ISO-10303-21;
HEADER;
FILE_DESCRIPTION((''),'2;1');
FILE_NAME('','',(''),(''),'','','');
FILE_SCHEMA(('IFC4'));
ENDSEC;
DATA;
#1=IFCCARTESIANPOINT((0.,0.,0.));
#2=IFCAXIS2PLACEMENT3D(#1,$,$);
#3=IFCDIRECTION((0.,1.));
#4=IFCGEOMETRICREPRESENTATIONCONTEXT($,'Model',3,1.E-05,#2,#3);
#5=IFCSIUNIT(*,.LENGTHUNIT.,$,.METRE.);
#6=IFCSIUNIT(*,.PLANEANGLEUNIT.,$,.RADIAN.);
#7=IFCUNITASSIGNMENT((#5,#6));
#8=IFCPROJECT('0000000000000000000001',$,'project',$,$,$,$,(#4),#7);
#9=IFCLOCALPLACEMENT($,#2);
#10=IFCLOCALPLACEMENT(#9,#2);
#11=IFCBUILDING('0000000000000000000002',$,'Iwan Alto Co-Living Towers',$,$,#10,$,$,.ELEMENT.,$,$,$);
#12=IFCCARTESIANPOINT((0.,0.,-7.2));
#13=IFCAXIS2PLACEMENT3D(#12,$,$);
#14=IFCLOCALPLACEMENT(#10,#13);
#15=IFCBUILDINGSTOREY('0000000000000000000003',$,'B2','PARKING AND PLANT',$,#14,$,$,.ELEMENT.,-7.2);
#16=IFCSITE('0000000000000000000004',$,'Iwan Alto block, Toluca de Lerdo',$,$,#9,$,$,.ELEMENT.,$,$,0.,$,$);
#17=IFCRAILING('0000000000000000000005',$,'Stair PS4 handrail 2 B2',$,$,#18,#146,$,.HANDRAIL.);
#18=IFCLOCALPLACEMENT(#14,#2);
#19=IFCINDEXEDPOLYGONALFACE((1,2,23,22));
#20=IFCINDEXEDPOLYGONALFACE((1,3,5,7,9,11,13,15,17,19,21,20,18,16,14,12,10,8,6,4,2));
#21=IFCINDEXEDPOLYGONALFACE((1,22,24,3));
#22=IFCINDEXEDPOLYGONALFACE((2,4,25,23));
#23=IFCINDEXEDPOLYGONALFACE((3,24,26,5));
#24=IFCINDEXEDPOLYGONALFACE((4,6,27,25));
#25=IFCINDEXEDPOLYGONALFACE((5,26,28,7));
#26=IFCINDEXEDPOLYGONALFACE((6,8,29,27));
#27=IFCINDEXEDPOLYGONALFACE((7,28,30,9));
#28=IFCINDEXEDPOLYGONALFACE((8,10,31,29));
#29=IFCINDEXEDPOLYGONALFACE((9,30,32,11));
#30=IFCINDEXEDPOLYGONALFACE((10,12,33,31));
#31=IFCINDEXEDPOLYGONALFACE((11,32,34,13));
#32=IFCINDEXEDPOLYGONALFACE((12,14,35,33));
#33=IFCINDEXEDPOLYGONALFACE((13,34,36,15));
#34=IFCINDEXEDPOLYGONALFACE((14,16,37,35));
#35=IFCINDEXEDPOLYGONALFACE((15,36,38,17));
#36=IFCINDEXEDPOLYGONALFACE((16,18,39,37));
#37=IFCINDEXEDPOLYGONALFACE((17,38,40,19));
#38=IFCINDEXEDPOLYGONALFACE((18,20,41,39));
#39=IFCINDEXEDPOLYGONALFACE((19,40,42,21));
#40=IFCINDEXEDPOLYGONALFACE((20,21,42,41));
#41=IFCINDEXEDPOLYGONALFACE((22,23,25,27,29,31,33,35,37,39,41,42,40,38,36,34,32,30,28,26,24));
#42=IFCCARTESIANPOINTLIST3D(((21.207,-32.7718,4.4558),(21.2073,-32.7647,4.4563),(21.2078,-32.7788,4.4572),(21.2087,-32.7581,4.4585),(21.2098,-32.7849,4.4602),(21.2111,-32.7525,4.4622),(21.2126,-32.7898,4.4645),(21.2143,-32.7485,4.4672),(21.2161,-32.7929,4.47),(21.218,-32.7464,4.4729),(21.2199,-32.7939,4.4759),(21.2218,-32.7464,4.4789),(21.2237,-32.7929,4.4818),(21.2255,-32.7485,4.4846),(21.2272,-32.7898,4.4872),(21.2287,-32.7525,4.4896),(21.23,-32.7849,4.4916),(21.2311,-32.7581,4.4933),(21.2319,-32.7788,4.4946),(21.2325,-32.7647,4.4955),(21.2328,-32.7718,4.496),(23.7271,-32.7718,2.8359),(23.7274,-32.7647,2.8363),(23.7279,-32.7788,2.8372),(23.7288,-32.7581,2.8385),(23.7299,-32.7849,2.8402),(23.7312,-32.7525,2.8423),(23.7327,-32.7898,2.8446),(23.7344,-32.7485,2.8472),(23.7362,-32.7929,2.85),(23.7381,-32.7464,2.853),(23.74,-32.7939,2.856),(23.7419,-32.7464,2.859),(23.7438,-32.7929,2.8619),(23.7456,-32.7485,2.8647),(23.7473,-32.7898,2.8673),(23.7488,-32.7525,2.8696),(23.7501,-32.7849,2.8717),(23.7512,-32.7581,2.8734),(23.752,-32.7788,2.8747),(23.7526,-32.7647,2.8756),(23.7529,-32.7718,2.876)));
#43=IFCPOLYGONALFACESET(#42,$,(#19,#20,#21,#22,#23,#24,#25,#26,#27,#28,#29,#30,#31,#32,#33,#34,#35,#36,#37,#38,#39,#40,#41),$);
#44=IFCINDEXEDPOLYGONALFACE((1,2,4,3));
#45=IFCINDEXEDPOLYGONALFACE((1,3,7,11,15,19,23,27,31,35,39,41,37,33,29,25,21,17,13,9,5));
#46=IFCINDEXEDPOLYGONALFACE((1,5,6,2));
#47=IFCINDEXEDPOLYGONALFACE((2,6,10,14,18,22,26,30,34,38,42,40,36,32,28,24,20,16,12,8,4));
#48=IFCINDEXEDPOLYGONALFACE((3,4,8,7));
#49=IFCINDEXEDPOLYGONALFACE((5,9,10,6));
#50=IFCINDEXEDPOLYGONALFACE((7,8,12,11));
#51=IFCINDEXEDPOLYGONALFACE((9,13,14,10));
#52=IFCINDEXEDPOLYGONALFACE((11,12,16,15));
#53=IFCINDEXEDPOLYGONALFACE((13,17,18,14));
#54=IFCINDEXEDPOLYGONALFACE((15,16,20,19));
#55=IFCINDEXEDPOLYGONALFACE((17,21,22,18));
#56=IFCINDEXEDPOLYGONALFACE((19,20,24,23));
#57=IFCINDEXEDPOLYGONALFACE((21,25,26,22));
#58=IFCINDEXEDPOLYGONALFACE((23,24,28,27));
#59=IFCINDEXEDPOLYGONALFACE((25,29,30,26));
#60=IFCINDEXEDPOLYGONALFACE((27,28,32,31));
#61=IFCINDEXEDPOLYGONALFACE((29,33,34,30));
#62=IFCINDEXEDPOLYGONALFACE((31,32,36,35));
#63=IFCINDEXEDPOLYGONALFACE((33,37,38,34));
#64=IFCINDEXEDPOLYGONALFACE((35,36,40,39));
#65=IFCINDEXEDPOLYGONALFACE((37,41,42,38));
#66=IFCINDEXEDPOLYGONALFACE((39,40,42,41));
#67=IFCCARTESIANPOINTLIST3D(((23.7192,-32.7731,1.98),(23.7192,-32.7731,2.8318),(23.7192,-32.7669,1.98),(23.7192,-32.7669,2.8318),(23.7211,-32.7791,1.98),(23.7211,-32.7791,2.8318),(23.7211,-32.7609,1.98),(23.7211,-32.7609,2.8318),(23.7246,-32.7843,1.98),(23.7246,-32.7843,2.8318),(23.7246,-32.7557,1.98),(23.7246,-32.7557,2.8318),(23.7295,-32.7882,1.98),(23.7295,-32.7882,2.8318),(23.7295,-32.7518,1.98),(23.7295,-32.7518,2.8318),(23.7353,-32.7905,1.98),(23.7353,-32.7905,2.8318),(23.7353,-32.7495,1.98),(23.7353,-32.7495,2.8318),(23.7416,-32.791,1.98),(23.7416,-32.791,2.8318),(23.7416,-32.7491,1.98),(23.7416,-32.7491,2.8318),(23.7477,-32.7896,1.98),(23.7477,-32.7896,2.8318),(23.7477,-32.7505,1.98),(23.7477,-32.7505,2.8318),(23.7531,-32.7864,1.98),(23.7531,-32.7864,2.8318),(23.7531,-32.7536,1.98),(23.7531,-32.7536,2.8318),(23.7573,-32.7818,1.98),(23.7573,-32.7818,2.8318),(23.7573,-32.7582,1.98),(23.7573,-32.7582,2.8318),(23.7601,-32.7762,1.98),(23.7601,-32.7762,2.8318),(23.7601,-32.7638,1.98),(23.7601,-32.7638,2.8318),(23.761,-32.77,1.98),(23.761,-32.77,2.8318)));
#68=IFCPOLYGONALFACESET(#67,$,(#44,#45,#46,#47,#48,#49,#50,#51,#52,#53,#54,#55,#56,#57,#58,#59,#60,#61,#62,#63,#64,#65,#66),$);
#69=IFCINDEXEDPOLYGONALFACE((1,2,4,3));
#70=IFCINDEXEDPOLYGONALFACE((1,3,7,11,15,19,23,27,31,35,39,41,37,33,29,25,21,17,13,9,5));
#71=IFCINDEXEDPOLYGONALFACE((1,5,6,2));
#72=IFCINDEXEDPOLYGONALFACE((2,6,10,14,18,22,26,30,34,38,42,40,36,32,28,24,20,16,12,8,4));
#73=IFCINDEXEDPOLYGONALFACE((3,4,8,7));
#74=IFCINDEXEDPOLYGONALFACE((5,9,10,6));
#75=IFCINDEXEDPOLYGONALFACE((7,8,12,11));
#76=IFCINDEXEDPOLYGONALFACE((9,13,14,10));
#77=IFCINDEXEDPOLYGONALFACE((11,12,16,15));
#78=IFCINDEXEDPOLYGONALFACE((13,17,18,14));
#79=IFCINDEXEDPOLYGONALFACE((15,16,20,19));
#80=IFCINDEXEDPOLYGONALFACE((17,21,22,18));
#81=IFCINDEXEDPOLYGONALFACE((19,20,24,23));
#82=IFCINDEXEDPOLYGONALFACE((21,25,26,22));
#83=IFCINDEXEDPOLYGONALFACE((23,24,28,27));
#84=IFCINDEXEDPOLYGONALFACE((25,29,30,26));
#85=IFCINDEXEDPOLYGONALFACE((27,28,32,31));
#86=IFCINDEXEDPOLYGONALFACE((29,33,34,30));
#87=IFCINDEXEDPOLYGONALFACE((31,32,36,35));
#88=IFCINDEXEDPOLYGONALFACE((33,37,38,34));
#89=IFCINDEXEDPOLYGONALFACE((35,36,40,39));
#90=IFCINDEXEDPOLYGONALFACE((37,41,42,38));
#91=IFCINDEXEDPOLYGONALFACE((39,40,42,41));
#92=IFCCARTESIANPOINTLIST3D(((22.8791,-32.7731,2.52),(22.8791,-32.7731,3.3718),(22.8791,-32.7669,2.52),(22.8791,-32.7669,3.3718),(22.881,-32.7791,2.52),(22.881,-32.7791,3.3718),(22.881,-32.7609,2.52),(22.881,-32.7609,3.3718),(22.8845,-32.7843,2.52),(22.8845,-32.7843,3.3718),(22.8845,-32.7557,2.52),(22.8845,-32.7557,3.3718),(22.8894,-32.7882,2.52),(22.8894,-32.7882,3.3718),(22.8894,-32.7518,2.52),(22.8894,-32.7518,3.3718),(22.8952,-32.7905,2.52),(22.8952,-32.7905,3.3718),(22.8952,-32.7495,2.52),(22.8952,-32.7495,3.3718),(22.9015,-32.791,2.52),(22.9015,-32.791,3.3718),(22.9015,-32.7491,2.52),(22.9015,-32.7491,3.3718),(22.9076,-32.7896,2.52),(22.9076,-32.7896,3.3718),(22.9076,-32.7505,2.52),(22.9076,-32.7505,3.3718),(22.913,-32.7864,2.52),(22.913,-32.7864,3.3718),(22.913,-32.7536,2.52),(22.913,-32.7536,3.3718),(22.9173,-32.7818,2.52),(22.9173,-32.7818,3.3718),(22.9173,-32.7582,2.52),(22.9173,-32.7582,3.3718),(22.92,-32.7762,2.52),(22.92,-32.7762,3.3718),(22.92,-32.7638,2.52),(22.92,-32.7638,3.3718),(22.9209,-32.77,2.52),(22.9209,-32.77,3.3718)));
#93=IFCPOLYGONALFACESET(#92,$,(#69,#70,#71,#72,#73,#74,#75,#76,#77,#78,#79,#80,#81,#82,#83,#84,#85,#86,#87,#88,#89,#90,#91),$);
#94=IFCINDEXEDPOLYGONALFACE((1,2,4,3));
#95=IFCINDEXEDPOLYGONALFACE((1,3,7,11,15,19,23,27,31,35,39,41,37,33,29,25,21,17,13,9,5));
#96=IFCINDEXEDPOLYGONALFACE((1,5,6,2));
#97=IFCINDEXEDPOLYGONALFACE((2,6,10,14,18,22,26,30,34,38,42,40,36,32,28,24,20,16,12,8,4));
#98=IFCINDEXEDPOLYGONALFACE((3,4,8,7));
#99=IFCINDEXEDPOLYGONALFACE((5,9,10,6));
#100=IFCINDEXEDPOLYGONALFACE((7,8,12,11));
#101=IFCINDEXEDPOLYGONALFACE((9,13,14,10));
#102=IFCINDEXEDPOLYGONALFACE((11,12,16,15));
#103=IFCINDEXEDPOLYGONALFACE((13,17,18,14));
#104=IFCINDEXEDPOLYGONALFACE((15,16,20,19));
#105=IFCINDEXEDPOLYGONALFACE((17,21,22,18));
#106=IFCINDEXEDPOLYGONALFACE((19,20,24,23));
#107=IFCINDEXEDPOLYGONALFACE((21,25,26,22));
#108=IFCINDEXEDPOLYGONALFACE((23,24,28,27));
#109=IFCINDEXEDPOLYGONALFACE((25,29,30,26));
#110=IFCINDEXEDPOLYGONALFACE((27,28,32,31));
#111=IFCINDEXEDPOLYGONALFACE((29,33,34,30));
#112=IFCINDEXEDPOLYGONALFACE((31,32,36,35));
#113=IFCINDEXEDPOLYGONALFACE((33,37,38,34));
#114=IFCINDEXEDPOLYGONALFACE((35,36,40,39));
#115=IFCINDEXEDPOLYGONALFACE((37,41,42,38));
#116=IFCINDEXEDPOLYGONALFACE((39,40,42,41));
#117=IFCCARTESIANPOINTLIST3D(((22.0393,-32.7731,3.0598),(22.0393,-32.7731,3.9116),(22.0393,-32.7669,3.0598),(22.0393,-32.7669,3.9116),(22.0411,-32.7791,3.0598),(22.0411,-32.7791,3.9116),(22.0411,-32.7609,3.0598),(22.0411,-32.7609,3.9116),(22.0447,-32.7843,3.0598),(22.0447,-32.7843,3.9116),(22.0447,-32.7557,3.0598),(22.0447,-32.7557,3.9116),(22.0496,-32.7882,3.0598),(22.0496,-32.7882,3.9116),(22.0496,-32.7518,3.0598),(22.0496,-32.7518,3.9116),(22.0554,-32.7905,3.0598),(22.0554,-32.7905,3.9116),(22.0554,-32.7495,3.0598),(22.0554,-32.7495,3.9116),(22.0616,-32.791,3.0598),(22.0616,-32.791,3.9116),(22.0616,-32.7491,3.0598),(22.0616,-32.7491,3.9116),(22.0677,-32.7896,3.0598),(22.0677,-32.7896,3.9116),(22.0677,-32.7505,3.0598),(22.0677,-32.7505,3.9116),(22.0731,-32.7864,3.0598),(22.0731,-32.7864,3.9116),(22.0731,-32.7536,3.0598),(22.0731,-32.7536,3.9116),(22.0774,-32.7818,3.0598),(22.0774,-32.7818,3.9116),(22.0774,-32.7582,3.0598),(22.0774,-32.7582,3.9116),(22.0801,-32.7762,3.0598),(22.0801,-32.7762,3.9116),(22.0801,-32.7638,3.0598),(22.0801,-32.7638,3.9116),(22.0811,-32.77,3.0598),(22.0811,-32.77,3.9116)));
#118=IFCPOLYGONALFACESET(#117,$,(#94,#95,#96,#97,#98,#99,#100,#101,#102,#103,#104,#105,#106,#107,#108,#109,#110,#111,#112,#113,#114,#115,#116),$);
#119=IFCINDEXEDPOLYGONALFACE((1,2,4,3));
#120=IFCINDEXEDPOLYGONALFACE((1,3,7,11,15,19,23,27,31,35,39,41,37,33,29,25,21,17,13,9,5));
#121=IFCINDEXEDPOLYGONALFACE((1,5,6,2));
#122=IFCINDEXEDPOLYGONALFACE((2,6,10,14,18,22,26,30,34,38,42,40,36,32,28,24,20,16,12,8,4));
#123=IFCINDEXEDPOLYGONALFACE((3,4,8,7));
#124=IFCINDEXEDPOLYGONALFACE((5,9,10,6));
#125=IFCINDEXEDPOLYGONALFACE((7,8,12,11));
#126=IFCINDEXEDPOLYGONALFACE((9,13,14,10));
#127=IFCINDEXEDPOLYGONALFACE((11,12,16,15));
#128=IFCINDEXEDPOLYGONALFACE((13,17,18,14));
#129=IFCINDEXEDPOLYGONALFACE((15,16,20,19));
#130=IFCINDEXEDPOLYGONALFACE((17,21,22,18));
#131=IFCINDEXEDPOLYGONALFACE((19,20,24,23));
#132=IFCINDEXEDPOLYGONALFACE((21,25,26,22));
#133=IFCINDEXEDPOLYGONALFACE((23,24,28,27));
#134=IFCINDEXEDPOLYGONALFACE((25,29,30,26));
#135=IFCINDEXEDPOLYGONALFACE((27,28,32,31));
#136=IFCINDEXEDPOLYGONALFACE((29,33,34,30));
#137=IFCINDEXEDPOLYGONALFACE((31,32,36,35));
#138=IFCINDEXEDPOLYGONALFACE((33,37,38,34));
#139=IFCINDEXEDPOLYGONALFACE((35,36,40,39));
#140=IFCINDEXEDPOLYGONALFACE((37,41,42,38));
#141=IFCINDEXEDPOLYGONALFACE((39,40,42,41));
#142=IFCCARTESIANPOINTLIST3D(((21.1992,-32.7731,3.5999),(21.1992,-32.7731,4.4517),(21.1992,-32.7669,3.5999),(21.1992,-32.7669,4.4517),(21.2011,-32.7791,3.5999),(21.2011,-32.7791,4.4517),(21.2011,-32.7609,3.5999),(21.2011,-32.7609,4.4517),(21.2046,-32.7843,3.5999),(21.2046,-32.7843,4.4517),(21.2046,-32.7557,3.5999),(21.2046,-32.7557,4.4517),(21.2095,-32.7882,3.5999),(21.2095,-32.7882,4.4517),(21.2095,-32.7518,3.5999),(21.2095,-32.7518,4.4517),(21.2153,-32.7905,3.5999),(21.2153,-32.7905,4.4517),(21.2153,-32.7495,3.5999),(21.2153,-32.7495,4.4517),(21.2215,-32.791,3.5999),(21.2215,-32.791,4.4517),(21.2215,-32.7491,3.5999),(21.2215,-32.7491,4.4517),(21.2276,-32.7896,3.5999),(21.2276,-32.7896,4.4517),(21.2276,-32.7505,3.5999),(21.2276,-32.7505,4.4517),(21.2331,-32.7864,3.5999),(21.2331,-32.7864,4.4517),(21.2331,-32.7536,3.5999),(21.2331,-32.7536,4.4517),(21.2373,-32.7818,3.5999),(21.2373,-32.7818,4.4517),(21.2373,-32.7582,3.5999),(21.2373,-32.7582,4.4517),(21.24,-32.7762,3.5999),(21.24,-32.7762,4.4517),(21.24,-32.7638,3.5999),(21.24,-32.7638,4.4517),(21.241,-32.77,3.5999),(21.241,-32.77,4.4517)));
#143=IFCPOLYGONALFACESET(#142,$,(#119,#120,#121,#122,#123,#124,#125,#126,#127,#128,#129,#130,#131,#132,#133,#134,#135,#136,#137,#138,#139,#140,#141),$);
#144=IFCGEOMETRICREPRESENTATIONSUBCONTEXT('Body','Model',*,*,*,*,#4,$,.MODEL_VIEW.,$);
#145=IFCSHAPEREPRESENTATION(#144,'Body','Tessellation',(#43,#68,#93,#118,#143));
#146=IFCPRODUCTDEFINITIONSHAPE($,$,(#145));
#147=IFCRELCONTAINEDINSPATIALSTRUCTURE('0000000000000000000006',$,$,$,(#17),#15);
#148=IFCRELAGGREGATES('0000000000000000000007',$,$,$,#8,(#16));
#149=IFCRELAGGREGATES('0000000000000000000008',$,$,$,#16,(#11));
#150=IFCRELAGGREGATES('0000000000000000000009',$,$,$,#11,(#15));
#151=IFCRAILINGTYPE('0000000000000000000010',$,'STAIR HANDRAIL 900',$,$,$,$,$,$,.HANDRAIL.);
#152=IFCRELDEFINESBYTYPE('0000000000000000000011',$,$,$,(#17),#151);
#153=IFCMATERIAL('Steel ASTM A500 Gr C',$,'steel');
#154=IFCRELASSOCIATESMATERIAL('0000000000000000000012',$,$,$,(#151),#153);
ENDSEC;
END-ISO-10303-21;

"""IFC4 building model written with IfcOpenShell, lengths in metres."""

from ifc_helpers import new_model, si_unit, direction, frame, origin, origin_2d, place, context, subcontext, project, spatial, circle, extrude, material, type_object, element, save


model = new_model("IFC4")

# Units and contexts
model_context = context("Model", 3, precision=1e-05, world=origin(), true_north=direction((0.0, 1.0)))
body_context = subcontext(model_context, "Body", "Model", "MODEL_VIEW")
ifc_project = project(units=[si_unit("LENGTHUNIT", "METRE"), si_unit("PLANEANGLEUNIT", "RADIAN")], contexts=[model_context])

# Site, building, storey
site_placement = place(None, origin())
site = spatial("IfcSite", under=ifc_project, at=site_placement, Name="Iwan Alto block, Toluca de Lerdo", CompositionType="ELEMENT", RefElevation=0.0)
building_placement = place(site_placement, origin())
building = spatial("IfcBuilding", under=site, at=building_placement, Name="Iwan Alto Co-Living Towers", CompositionType="ELEMENT")
storey_placement = place(building_placement, frame((0.0, 0.0, -7.2)))
storey = spatial("IfcBuildingStorey", under=building, at=storey_placement, Name="B2", Description="PARKING AND PLANT", CompositionType="ELEMENT", Elevation=-7.2)

# Railing
ifc_material_1 = material(Name="Steel ASTM A500 Gr C", Category="steel")
railing_type_1 = type_object("IfcRailingType", Name="STAIR HANDRAIL 900", PredefinedType="HANDRAIL", material=ifc_material_1)
railing_1_placement = place(storey_placement, frame((23.74, -32.77, 1.98)))
element("IfcRailing", 1, at=railing_1_placement, inside=storey, type_object=railing_type_1, Name="Stair PS4 handrail 2 B2", PredefinedType="HANDRAIL", context=body_context, shape_type="SweptSolid", body=[
    extrude(circle(Radius=0.0239, at=origin_2d()), frame((0.0, 0.0, 0.876), z_axis=(-0.8412, 0.0, 0.540725), x_axis=(0.0, -1.0, 0.0)), (0.0, 0.0, 1.0), 2.9958),
    extrude(circle(Radius=0.021, at=origin_2d()), origin(), (0.0, 0.0, 1.0), 0.8518),
    extrude(circle(Radius=0.021, at=origin_2d()), frame((-0.8401, 0.0, 0.54)), (0.0, 0.0, 1.0), 0.8518),
    extrude(circle(Radius=0.021, at=origin_2d()), frame((-1.6799, 0.0, 1.0798)), (0.0, 0.0, 1.0), 0.8518),
    extrude(circle(Radius=0.021, at=origin_2d()), frame((-2.52, 0.0, 1.6199)), (0.0, 0.0, 1.0), 0.8518),
])

save(model, "model.ifc")
